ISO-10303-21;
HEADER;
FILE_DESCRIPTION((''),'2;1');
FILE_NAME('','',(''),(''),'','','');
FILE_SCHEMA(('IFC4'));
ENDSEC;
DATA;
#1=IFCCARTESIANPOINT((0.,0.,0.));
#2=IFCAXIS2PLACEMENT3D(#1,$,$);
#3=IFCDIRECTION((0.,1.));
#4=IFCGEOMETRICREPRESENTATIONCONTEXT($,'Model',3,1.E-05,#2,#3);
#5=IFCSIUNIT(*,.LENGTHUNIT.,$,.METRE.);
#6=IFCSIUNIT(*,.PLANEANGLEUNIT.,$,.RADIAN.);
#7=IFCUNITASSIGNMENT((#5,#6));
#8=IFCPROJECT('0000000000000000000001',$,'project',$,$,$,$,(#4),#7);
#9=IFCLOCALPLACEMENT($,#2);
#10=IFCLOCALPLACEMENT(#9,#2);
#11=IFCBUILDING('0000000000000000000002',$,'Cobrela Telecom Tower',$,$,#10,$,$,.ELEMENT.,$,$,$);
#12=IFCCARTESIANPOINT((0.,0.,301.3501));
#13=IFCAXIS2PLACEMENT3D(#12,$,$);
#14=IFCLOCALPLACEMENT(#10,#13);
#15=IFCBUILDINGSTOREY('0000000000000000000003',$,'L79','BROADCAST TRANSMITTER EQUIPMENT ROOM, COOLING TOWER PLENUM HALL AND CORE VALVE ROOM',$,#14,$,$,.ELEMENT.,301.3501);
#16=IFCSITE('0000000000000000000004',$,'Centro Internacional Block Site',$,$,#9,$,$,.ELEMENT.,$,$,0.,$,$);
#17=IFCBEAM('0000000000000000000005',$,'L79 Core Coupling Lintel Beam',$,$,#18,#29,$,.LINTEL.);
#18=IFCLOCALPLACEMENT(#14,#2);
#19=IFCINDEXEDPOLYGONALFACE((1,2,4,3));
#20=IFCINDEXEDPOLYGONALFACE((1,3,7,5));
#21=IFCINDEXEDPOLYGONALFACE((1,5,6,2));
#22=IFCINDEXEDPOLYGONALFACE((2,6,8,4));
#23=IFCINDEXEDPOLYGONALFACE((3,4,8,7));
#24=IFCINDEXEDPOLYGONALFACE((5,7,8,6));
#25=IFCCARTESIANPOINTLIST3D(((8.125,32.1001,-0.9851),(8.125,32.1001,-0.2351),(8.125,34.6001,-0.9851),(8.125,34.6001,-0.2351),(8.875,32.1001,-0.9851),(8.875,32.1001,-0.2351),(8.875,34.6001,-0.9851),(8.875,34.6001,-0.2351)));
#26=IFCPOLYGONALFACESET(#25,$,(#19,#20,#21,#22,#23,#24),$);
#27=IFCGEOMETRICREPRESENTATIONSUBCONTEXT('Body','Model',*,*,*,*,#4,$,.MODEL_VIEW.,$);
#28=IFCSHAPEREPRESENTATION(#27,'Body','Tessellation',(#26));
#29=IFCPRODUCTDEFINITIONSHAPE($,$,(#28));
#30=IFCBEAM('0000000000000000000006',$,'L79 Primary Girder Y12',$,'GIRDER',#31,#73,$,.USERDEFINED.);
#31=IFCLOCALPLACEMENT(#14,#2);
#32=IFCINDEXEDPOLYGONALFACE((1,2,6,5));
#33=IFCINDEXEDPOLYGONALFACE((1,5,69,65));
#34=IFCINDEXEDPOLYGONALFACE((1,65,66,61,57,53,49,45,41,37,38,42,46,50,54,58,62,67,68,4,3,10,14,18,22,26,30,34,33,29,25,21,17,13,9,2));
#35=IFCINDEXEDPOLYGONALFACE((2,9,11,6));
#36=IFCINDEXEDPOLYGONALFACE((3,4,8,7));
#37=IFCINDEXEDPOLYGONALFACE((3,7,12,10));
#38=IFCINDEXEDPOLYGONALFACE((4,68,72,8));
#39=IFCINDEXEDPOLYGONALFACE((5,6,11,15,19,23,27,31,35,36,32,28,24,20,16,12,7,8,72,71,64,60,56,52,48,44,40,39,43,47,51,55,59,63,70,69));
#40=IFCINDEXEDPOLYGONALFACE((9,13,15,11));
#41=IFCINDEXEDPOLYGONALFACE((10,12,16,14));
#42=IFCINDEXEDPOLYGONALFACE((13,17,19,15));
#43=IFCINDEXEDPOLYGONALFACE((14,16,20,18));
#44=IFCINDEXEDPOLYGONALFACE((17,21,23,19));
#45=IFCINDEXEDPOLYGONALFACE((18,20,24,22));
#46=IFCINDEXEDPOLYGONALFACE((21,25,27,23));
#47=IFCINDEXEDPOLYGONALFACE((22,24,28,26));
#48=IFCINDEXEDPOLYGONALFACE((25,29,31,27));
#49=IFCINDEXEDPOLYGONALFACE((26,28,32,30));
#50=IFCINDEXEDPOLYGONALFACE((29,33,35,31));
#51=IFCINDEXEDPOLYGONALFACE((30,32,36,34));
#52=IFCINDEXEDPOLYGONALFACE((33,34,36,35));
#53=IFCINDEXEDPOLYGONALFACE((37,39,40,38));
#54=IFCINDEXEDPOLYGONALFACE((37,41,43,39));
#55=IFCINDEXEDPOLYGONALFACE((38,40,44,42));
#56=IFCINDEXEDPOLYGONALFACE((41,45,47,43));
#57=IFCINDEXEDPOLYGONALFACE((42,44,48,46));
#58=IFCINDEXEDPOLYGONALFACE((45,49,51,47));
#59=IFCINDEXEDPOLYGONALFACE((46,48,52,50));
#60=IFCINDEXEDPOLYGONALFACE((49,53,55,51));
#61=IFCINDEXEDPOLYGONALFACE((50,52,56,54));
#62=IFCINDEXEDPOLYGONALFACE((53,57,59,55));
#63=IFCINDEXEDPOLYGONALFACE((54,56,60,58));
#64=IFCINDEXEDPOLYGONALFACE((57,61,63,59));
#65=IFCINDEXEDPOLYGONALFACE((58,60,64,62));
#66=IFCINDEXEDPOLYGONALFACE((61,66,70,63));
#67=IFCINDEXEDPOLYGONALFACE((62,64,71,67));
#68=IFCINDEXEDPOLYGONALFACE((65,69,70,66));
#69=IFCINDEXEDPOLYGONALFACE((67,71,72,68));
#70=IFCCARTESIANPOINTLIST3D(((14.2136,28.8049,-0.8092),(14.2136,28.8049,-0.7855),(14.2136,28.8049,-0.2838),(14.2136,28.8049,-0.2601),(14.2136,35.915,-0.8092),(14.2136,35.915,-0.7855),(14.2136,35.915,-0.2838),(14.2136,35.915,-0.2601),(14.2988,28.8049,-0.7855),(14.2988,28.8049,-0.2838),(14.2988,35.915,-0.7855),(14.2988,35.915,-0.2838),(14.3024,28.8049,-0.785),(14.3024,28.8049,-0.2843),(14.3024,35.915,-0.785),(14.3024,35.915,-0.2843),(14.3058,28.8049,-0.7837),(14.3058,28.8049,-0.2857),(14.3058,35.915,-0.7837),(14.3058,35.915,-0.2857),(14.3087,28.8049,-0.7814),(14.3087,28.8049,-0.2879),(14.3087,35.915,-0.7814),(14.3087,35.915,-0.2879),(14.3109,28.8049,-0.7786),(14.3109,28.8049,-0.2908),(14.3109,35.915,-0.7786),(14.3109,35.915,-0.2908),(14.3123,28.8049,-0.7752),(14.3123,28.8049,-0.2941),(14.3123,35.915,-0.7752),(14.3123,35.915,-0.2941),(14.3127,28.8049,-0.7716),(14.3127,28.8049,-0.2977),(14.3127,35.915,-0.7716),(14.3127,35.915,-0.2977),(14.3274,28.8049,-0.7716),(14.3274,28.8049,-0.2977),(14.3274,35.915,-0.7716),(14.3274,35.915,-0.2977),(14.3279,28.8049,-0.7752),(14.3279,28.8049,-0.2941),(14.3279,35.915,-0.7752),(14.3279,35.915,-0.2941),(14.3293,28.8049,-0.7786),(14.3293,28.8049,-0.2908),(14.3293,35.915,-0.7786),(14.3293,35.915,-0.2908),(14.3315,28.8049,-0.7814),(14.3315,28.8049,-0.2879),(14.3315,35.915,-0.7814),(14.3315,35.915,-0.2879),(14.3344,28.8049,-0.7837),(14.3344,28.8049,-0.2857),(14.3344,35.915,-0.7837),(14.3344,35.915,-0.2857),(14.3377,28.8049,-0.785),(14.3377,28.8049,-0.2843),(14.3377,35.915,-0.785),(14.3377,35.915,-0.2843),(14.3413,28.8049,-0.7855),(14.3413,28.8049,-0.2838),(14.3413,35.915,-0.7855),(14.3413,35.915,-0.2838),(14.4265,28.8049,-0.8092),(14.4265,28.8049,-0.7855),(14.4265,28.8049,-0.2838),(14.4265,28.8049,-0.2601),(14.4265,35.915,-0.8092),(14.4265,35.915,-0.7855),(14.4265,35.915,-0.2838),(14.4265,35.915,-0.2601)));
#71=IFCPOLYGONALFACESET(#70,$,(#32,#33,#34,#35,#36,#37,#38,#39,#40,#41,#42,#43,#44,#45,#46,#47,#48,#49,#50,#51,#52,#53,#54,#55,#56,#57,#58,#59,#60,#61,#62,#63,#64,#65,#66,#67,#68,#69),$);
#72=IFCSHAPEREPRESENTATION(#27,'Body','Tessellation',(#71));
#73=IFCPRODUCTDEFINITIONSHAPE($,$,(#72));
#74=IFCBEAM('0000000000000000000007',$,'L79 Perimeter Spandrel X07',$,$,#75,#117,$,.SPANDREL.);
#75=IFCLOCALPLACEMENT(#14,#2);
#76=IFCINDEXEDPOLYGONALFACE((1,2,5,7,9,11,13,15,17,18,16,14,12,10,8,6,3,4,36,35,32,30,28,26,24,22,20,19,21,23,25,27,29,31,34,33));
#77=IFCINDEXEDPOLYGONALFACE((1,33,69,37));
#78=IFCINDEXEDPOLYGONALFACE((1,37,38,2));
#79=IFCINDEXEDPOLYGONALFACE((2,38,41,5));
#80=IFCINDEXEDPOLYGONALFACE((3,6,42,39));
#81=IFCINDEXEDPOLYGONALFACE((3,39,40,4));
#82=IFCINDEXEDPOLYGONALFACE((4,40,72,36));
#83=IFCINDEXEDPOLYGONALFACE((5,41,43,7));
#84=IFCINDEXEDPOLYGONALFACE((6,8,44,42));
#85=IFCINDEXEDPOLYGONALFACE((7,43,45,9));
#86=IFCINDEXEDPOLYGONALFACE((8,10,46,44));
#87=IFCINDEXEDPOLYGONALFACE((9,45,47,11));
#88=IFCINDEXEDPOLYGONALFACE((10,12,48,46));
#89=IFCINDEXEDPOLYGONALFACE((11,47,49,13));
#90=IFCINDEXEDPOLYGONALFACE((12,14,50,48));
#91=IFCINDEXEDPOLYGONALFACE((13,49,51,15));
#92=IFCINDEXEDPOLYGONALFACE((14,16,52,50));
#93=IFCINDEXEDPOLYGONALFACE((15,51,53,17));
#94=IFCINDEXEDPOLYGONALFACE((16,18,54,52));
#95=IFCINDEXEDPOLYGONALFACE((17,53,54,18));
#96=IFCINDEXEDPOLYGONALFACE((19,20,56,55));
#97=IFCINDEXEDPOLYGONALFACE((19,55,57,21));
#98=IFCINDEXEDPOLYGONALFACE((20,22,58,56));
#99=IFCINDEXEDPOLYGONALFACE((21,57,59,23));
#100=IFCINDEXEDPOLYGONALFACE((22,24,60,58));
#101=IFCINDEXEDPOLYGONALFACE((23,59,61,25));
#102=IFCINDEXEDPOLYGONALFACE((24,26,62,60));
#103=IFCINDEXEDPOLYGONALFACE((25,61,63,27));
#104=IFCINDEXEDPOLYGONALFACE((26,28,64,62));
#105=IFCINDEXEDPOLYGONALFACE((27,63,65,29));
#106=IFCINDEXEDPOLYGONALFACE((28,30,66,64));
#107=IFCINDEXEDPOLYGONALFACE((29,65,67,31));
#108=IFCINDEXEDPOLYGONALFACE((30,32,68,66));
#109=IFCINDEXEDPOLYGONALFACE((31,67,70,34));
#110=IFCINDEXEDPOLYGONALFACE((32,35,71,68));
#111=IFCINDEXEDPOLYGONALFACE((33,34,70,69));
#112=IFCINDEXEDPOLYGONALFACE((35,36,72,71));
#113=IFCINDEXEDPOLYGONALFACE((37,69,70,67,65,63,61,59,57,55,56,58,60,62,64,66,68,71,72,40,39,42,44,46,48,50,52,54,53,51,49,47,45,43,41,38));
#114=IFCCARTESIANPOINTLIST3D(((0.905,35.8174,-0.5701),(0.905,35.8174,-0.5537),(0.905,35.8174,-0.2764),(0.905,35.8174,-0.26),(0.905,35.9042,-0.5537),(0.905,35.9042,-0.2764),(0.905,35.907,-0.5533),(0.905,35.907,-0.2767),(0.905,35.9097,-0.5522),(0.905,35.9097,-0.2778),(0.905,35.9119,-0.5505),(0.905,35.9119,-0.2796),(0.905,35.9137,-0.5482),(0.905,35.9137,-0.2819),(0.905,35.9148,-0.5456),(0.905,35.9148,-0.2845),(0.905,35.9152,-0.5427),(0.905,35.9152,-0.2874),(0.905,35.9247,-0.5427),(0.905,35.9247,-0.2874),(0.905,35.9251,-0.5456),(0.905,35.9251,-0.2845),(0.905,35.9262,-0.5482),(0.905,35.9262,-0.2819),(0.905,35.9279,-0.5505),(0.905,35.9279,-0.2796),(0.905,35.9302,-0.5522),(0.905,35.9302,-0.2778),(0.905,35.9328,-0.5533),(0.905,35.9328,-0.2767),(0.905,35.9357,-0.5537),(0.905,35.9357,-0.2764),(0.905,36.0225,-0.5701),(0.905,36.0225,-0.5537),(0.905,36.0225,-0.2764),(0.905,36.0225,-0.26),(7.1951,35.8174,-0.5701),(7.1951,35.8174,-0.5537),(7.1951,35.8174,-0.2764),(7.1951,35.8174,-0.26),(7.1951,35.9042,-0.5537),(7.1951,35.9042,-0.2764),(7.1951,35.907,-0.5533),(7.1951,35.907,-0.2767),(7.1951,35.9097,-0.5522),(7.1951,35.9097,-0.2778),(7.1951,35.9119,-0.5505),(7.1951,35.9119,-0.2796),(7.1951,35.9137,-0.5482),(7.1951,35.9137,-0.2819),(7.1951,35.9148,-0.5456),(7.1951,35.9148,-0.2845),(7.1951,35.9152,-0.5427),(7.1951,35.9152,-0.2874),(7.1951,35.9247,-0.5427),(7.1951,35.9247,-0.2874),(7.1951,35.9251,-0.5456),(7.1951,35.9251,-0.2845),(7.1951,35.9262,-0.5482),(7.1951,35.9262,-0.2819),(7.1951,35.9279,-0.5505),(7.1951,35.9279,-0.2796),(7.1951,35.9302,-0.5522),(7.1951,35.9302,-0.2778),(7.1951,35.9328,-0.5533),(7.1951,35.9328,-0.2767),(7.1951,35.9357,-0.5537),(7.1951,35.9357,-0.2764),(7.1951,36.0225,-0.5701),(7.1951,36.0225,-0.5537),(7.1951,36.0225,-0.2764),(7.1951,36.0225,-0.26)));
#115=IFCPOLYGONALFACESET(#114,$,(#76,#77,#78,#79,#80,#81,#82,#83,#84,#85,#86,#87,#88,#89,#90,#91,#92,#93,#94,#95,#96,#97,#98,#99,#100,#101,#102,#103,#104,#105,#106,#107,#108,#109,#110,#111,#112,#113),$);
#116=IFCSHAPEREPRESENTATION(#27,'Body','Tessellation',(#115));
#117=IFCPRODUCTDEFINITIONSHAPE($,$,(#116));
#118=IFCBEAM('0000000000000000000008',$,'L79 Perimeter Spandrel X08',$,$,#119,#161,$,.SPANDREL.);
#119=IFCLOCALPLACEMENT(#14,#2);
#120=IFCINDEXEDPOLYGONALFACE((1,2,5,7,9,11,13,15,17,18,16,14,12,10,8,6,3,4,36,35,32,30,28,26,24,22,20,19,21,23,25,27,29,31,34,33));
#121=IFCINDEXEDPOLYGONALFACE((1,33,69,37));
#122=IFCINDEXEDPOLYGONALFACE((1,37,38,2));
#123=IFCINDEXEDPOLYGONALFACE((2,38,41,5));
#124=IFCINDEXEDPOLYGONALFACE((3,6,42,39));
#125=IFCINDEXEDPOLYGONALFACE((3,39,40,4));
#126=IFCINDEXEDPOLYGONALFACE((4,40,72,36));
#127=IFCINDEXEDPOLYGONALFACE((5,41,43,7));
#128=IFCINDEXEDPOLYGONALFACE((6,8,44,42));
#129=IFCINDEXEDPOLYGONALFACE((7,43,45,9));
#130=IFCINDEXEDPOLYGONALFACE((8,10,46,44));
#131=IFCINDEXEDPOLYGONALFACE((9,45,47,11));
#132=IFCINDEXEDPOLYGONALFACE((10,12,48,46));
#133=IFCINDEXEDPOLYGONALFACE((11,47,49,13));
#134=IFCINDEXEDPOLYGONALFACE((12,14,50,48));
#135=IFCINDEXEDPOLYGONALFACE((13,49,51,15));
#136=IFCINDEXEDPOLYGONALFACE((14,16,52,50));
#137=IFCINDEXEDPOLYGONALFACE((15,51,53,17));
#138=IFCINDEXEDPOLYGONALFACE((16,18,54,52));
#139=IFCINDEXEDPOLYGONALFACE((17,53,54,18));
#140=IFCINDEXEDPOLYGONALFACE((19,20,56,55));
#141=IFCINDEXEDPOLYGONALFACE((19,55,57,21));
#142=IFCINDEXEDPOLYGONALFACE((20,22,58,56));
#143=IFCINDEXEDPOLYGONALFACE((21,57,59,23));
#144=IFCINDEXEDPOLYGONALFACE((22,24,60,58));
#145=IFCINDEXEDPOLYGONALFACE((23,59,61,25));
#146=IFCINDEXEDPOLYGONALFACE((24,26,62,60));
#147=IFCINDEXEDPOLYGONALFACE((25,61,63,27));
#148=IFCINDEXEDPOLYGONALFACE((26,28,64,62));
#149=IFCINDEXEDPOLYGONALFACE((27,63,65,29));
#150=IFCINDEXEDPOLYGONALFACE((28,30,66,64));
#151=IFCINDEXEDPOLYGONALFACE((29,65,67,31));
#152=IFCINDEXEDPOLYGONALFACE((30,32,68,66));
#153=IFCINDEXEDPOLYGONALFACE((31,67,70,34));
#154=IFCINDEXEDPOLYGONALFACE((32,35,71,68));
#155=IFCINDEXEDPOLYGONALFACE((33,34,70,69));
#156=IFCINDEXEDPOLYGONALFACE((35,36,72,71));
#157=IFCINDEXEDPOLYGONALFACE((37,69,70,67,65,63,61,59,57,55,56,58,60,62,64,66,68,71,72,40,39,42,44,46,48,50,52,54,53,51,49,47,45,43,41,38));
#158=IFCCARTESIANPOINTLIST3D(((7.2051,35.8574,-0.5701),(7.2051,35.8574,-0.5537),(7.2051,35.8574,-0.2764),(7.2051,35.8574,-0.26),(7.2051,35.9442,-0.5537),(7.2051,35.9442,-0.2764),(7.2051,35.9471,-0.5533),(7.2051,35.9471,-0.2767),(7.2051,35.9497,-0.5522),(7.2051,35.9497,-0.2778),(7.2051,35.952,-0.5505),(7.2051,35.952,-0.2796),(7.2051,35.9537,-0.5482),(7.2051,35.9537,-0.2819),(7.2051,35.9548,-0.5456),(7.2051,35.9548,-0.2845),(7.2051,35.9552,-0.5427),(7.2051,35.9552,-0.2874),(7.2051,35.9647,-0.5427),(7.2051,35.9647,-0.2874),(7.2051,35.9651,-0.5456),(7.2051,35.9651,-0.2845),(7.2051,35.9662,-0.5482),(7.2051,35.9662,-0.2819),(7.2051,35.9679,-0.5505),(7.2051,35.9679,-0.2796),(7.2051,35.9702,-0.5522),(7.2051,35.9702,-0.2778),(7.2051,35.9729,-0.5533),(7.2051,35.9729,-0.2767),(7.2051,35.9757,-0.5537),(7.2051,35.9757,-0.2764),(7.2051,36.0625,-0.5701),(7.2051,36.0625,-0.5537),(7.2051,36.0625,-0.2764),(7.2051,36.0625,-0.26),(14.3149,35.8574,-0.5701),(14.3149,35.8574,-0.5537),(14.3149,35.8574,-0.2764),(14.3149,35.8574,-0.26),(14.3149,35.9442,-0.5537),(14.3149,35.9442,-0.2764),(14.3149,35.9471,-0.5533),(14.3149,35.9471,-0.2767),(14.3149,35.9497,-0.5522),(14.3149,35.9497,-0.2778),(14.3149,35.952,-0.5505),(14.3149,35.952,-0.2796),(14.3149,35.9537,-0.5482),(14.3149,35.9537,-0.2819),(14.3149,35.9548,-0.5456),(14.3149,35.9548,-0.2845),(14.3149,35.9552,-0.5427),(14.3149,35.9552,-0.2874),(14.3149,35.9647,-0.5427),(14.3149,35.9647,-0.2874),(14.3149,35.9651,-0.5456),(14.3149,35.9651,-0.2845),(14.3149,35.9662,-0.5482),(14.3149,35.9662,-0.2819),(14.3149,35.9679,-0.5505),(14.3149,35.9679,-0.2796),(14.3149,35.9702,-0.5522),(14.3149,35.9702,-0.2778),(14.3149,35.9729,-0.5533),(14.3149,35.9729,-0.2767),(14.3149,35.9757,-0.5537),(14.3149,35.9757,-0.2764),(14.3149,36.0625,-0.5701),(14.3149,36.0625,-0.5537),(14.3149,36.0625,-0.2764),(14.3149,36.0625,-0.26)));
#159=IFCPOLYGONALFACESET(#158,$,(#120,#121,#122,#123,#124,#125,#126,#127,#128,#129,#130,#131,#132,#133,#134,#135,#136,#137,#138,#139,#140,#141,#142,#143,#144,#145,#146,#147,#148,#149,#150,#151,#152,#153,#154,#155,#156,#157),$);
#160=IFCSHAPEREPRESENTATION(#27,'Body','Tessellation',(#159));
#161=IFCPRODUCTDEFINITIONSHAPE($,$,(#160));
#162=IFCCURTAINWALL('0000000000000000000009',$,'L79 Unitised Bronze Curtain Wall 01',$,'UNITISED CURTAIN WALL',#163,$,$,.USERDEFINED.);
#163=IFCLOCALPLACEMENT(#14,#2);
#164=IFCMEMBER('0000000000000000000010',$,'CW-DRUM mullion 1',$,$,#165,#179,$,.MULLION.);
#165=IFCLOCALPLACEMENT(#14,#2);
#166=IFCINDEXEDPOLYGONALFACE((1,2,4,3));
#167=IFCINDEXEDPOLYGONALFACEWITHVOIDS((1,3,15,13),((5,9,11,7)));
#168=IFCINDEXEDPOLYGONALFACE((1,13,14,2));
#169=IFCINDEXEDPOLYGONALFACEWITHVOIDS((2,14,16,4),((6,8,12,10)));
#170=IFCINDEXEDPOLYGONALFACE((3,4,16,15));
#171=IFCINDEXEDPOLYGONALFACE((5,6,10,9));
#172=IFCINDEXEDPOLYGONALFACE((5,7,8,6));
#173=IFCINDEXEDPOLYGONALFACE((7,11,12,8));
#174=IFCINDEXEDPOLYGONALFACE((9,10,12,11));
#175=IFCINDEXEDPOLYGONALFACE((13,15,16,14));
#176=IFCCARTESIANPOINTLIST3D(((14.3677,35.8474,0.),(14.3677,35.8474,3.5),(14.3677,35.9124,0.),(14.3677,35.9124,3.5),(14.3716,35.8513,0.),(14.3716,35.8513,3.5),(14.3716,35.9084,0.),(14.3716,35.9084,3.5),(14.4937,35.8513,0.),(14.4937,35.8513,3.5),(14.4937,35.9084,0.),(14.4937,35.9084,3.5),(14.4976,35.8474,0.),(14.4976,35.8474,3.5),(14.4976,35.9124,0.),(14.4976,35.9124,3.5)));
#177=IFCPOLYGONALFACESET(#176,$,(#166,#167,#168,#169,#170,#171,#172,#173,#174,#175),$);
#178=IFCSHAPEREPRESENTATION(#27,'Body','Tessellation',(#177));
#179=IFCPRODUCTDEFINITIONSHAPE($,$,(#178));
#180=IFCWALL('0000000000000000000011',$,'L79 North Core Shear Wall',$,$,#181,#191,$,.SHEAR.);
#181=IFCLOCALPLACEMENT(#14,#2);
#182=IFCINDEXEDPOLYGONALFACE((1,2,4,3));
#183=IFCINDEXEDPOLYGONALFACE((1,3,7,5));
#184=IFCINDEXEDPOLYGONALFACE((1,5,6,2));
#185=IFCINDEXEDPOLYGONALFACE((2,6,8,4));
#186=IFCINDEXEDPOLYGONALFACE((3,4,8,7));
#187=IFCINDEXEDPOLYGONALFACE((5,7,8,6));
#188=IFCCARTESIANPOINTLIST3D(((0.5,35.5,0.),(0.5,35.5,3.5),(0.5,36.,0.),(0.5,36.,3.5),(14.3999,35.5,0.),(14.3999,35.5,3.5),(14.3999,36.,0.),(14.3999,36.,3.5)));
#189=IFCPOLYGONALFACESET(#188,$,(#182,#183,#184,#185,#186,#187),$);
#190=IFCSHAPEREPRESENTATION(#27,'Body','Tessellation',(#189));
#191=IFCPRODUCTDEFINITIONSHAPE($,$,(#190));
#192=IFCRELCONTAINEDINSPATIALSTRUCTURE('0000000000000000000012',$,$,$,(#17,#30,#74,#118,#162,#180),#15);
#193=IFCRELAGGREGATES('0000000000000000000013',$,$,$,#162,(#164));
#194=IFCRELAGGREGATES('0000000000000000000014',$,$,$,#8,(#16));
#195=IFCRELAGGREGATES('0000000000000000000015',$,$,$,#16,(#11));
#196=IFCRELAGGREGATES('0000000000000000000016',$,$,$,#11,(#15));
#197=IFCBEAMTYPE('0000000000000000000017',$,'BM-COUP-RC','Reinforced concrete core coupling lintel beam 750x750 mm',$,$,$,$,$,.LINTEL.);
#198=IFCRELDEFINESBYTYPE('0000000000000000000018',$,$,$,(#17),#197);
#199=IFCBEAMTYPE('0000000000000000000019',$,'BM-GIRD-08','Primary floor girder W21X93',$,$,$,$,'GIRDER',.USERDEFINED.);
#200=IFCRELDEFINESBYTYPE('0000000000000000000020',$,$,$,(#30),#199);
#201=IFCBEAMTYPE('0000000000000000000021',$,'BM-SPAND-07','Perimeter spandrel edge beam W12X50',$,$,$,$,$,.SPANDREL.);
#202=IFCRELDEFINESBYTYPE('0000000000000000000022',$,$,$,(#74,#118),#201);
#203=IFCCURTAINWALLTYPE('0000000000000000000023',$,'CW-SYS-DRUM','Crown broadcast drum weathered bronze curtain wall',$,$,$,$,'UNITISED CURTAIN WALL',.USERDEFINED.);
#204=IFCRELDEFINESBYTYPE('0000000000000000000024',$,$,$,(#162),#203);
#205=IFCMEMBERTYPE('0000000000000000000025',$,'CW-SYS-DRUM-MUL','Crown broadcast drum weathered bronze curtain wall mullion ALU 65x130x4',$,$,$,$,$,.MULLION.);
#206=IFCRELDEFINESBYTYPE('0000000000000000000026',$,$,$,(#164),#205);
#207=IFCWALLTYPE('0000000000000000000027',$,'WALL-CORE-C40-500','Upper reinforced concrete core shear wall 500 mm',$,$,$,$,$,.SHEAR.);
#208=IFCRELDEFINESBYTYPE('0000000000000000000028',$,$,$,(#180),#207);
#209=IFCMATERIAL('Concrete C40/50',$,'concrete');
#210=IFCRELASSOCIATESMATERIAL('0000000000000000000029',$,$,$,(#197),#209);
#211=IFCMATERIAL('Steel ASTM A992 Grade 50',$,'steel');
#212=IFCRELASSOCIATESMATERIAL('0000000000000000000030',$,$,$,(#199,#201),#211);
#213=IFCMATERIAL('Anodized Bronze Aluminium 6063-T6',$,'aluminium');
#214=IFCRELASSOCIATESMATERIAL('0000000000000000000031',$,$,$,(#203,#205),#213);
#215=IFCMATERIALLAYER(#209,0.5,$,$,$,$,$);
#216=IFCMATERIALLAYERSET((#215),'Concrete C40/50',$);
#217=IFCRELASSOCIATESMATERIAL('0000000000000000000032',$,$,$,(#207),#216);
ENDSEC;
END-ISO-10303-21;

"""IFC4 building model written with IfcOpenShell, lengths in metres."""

from ifc_helpers import new_model, si_unit, direction, frame, frame_2d, origin, origin_2d, place, context, subcontext, project, spatial, rectangle, hollow_rectangle, i_section, extrude, material, layer, layer_set, material_profile, profile_set, type_object, element, aggregate, save


model = new_model("IFC4")

# Units and contexts
model_context = context("Model", 3, precision=1e-05, world=origin(), true_north=direction((0.0, 1.0)))
body_context = subcontext(model_context, "Body", "Model", "MODEL_VIEW")
ifc_project = project(units=[si_unit("LENGTHUNIT", "METRE"), si_unit("PLANEANGLEUNIT", "RADIAN")], contexts=[model_context])

# Site, building, storey
site_placement = place(None, origin())
site = spatial("IfcSite", under=ifc_project, at=site_placement, Name="Centro Internacional Block Site", CompositionType="ELEMENT", RefElevation=0.0)
building_placement = place(site_placement, origin())
building = spatial("IfcBuilding", under=site, at=building_placement, Name="Cobrela Telecom Tower", CompositionType="ELEMENT")
storey_placement = place(building_placement, frame((0.0, 0.0, 301.3501)))
storey = spatial("IfcBuildingStorey", under=building, at=storey_placement, Name="L79", Description="BROADCAST TRANSMITTER EQUIPMENT ROOM, COOLING TOWER PLENUM HALL AND CORE VALVE ROOM", CompositionType="ELEMENT", Elevation=301.3501)

# Beams
ifc_material_1 = material(Name="Concrete C40/50", Category="concrete")
ifc_material_profile_1 = material_profile(ifc_material_1, rectangle(XDim=0.75, YDim=0.75, at=origin_2d()), Name="RC 750x750")
ifc_profile_set_1 = profile_set([ifc_material_profile_1], Name="Concrete C40/50")
beam_type_1 = type_object("IfcBeamType", Name="BM-COUP-RC", Description="Reinforced concrete core coupling lintel beam 750x750 mm", PredefinedType="LINTEL", material=ifc_profile_set_1)
beam_1_placement = place(storey_placement, frame((8.5, 32.1001, -0.6101), z_axis=(0.0, 1.0, 0.0), x_axis=(-1.0, 0.0, 0.0)))
element("IfcBeam", 1, at=beam_1_placement, inside=storey, type_object=beam_type_1, Name="L79 Core Coupling Lintel Beam", PredefinedType="LINTEL", context=body_context, shape_type="SweptSolid", body=[
    extrude(rectangle(XDim=0.75, YDim=0.75, at=origin_2d()), origin(), (0.0, 0.0, 1.0), 2.5),
])
ifc_material_2 = material(Name="Steel ASTM A992 Grade 50", Category="steel")
ifc_material_profile_2 = material_profile(ifc_material_2, i_section(OverallWidth=0.2129, OverallDepth=0.5491, WebThickness=0.0146, FlangeThickness=0.0237, FilletRadius=0.0139, at=origin_2d()), Name="W21X93")
ifc_profile_set_2 = profile_set([ifc_material_profile_2], Name="Steel ASTM A992 Grade 50")
beam_type_2 = type_object("IfcBeamType", Name="BM-GIRD-08", Description="Primary floor girder W21X93", ElementType="GIRDER", PredefinedType="USERDEFINED", material=ifc_profile_set_2)
beam_2_placement = place(storey_placement, frame((14.3201, 28.8049, -0.5347), z_axis=(0.0, 1.0, 0.0), x_axis=(-1.0, 0.0, 0.0)))
element("IfcBeam", 2, at=beam_2_placement, inside=storey, type_object=beam_type_2, Name="L79 Primary Girder Y12", ObjectType="GIRDER", PredefinedType="USERDEFINED", context=body_context, shape_type="SweptSolid", body=[
    extrude(i_section(OverallWidth=0.2129, OverallDepth=0.5491, WebThickness=0.0146, FlangeThickness=0.0237, FilletRadius=0.0139, at=origin_2d()), origin(), (0.0, 0.0, 1.0), 7.1101),
])
ifc_material_profile_3 = material_profile(ifc_material_2, i_section(OverallWidth=0.2051, OverallDepth=0.3101, WebThickness=0.0095, FlangeThickness=0.0164, FilletRadius=0.011, at=origin_2d()), Name="W12X50")
ifc_profile_set_3 = profile_set([ifc_material_profile_3], Name="Steel ASTM A992 Grade 50")
beam_type_3 = type_object("IfcBeamType", Name="BM-SPAND-07", Description="Perimeter spandrel edge beam W12X50", PredefinedType="SPANDREL", material=ifc_profile_set_3)
beam_3_placement = place(storey_placement, frame((0.905, 35.9199, -0.415), z_axis=(1.0, 0.0, 0.0), x_axis=(0.0, 1.0, 0.0)))
element("IfcBeam", 3, at=beam_3_placement, inside=storey, type_object=beam_type_3, Name="L79 Perimeter Spandrel X07", PredefinedType="SPANDREL", context=body_context, shape_type="SweptSolid", body=[
    extrude(i_section(OverallWidth=0.2051, OverallDepth=0.3101, WebThickness=0.0095, FlangeThickness=0.0164, FilletRadius=0.011, at=origin_2d()), origin(), (0.0, 0.0, 1.0), 6.29),
])
beam_4_placement = place(storey_placement, frame((7.2051, 35.96, -0.415), z_axis=(1.0, 0.0, 0.0), x_axis=(0.0, 1.0, 0.0)))
element("IfcBeam", 4, at=beam_4_placement, inside=storey, type_object=beam_type_3, Name="L79 Perimeter Spandrel X08", PredefinedType="SPANDREL", context=body_context, shape_type="SweptSolid", body=[
    extrude(i_section(OverallWidth=0.2051, OverallDepth=0.3101, WebThickness=0.0095, FlangeThickness=0.0164, FilletRadius=0.011, at=origin_2d()), origin(), (0.0, 0.0, 1.0), 7.1099),
])

# Curtain wall, member
ifc_material_3 = material(Name="Anodized Bronze Aluminium 6063-T6", Category="aluminium")
curtain_wall_type = type_object("IfcCurtainWallType", Name="CW-SYS-DRUM", Description="Crown broadcast drum weathered bronze curtain wall", ElementType="UNITISED CURTAIN WALL", PredefinedType="USERDEFINED", material=ifc_material_3)
curtain_wall_placement = place(storey_placement, origin())
curtain_wall = element("IfcCurtainWall", 5, at=curtain_wall_placement, inside=storey, type_object=curtain_wall_type, Name="L79 Unitised Bronze Curtain Wall 01", ObjectType="UNITISED CURTAIN WALL", PredefinedType="USERDEFINED")
ifc_material_profile_4 = material_profile(ifc_material_3, hollow_rectangle(XDim=0.0649, YDim=0.1299, WallThickness=0.0039, at=origin_2d()), Name="ALU 65x130x4")
ifc_profile_set_4 = profile_set([ifc_material_profile_4], Name="Anodized Bronze Aluminium 6063-T6")
member_type = type_object("IfcMemberType", Name="CW-SYS-DRUM-MUL", Description="Crown broadcast drum weathered bronze curtain wall mullion ALU 65x130x4", PredefinedType="MULLION", material=ifc_profile_set_4)
member_placement = place(storey_placement, frame((14.4326, 35.8799, 0.0), z_axis=(0.0, 0.0, 1.0), x_axis=(0.0, 1.0, 0.0)))
member = element("IfcMember", 6, at=member_placement, type_object=member_type, Name="CW-DRUM mullion 1", PredefinedType="MULLION", context=body_context, shape_type="SweptSolid", body=[
    extrude(hollow_rectangle(XDim=0.0649, YDim=0.1299, WallThickness=0.0039, at=origin_2d()), origin(), (0.0, 0.0, 1.0), 3.5),
])
aggregate(curtain_wall, [member])

# Wall
ifc_layer_1 = layer(ifc_material_1, 0.5)
ifc_layer_set_1 = layer_set([ifc_layer_1], Name="Concrete C40/50")
wall_type_1 = type_object("IfcWallType", Name="WALL-CORE-C40-500", Description="Upper reinforced concrete core shear wall 500 mm", PredefinedType="SHEAR", material=ifc_layer_set_1)
wall_1_placement = place(storey_placement, frame((0.5, 35.75, 0.0), z_axis=(0.0, 0.0, 1.0), x_axis=(1.0, 0.0, 0.0)))
element("IfcWall", 7, at=wall_1_placement, inside=storey, type_object=wall_type_1, Name="L79 North Core Shear Wall", PredefinedType="SHEAR", context=body_context, shape_type="SweptSolid", body=[
    extrude(rectangle(XDim=13.8999, YDim=0.5, at=frame_2d((6.95, 0.0))), origin(), (0.0, 0.0, 1.0), 3.5),
])

save(model, "model.ifc")
